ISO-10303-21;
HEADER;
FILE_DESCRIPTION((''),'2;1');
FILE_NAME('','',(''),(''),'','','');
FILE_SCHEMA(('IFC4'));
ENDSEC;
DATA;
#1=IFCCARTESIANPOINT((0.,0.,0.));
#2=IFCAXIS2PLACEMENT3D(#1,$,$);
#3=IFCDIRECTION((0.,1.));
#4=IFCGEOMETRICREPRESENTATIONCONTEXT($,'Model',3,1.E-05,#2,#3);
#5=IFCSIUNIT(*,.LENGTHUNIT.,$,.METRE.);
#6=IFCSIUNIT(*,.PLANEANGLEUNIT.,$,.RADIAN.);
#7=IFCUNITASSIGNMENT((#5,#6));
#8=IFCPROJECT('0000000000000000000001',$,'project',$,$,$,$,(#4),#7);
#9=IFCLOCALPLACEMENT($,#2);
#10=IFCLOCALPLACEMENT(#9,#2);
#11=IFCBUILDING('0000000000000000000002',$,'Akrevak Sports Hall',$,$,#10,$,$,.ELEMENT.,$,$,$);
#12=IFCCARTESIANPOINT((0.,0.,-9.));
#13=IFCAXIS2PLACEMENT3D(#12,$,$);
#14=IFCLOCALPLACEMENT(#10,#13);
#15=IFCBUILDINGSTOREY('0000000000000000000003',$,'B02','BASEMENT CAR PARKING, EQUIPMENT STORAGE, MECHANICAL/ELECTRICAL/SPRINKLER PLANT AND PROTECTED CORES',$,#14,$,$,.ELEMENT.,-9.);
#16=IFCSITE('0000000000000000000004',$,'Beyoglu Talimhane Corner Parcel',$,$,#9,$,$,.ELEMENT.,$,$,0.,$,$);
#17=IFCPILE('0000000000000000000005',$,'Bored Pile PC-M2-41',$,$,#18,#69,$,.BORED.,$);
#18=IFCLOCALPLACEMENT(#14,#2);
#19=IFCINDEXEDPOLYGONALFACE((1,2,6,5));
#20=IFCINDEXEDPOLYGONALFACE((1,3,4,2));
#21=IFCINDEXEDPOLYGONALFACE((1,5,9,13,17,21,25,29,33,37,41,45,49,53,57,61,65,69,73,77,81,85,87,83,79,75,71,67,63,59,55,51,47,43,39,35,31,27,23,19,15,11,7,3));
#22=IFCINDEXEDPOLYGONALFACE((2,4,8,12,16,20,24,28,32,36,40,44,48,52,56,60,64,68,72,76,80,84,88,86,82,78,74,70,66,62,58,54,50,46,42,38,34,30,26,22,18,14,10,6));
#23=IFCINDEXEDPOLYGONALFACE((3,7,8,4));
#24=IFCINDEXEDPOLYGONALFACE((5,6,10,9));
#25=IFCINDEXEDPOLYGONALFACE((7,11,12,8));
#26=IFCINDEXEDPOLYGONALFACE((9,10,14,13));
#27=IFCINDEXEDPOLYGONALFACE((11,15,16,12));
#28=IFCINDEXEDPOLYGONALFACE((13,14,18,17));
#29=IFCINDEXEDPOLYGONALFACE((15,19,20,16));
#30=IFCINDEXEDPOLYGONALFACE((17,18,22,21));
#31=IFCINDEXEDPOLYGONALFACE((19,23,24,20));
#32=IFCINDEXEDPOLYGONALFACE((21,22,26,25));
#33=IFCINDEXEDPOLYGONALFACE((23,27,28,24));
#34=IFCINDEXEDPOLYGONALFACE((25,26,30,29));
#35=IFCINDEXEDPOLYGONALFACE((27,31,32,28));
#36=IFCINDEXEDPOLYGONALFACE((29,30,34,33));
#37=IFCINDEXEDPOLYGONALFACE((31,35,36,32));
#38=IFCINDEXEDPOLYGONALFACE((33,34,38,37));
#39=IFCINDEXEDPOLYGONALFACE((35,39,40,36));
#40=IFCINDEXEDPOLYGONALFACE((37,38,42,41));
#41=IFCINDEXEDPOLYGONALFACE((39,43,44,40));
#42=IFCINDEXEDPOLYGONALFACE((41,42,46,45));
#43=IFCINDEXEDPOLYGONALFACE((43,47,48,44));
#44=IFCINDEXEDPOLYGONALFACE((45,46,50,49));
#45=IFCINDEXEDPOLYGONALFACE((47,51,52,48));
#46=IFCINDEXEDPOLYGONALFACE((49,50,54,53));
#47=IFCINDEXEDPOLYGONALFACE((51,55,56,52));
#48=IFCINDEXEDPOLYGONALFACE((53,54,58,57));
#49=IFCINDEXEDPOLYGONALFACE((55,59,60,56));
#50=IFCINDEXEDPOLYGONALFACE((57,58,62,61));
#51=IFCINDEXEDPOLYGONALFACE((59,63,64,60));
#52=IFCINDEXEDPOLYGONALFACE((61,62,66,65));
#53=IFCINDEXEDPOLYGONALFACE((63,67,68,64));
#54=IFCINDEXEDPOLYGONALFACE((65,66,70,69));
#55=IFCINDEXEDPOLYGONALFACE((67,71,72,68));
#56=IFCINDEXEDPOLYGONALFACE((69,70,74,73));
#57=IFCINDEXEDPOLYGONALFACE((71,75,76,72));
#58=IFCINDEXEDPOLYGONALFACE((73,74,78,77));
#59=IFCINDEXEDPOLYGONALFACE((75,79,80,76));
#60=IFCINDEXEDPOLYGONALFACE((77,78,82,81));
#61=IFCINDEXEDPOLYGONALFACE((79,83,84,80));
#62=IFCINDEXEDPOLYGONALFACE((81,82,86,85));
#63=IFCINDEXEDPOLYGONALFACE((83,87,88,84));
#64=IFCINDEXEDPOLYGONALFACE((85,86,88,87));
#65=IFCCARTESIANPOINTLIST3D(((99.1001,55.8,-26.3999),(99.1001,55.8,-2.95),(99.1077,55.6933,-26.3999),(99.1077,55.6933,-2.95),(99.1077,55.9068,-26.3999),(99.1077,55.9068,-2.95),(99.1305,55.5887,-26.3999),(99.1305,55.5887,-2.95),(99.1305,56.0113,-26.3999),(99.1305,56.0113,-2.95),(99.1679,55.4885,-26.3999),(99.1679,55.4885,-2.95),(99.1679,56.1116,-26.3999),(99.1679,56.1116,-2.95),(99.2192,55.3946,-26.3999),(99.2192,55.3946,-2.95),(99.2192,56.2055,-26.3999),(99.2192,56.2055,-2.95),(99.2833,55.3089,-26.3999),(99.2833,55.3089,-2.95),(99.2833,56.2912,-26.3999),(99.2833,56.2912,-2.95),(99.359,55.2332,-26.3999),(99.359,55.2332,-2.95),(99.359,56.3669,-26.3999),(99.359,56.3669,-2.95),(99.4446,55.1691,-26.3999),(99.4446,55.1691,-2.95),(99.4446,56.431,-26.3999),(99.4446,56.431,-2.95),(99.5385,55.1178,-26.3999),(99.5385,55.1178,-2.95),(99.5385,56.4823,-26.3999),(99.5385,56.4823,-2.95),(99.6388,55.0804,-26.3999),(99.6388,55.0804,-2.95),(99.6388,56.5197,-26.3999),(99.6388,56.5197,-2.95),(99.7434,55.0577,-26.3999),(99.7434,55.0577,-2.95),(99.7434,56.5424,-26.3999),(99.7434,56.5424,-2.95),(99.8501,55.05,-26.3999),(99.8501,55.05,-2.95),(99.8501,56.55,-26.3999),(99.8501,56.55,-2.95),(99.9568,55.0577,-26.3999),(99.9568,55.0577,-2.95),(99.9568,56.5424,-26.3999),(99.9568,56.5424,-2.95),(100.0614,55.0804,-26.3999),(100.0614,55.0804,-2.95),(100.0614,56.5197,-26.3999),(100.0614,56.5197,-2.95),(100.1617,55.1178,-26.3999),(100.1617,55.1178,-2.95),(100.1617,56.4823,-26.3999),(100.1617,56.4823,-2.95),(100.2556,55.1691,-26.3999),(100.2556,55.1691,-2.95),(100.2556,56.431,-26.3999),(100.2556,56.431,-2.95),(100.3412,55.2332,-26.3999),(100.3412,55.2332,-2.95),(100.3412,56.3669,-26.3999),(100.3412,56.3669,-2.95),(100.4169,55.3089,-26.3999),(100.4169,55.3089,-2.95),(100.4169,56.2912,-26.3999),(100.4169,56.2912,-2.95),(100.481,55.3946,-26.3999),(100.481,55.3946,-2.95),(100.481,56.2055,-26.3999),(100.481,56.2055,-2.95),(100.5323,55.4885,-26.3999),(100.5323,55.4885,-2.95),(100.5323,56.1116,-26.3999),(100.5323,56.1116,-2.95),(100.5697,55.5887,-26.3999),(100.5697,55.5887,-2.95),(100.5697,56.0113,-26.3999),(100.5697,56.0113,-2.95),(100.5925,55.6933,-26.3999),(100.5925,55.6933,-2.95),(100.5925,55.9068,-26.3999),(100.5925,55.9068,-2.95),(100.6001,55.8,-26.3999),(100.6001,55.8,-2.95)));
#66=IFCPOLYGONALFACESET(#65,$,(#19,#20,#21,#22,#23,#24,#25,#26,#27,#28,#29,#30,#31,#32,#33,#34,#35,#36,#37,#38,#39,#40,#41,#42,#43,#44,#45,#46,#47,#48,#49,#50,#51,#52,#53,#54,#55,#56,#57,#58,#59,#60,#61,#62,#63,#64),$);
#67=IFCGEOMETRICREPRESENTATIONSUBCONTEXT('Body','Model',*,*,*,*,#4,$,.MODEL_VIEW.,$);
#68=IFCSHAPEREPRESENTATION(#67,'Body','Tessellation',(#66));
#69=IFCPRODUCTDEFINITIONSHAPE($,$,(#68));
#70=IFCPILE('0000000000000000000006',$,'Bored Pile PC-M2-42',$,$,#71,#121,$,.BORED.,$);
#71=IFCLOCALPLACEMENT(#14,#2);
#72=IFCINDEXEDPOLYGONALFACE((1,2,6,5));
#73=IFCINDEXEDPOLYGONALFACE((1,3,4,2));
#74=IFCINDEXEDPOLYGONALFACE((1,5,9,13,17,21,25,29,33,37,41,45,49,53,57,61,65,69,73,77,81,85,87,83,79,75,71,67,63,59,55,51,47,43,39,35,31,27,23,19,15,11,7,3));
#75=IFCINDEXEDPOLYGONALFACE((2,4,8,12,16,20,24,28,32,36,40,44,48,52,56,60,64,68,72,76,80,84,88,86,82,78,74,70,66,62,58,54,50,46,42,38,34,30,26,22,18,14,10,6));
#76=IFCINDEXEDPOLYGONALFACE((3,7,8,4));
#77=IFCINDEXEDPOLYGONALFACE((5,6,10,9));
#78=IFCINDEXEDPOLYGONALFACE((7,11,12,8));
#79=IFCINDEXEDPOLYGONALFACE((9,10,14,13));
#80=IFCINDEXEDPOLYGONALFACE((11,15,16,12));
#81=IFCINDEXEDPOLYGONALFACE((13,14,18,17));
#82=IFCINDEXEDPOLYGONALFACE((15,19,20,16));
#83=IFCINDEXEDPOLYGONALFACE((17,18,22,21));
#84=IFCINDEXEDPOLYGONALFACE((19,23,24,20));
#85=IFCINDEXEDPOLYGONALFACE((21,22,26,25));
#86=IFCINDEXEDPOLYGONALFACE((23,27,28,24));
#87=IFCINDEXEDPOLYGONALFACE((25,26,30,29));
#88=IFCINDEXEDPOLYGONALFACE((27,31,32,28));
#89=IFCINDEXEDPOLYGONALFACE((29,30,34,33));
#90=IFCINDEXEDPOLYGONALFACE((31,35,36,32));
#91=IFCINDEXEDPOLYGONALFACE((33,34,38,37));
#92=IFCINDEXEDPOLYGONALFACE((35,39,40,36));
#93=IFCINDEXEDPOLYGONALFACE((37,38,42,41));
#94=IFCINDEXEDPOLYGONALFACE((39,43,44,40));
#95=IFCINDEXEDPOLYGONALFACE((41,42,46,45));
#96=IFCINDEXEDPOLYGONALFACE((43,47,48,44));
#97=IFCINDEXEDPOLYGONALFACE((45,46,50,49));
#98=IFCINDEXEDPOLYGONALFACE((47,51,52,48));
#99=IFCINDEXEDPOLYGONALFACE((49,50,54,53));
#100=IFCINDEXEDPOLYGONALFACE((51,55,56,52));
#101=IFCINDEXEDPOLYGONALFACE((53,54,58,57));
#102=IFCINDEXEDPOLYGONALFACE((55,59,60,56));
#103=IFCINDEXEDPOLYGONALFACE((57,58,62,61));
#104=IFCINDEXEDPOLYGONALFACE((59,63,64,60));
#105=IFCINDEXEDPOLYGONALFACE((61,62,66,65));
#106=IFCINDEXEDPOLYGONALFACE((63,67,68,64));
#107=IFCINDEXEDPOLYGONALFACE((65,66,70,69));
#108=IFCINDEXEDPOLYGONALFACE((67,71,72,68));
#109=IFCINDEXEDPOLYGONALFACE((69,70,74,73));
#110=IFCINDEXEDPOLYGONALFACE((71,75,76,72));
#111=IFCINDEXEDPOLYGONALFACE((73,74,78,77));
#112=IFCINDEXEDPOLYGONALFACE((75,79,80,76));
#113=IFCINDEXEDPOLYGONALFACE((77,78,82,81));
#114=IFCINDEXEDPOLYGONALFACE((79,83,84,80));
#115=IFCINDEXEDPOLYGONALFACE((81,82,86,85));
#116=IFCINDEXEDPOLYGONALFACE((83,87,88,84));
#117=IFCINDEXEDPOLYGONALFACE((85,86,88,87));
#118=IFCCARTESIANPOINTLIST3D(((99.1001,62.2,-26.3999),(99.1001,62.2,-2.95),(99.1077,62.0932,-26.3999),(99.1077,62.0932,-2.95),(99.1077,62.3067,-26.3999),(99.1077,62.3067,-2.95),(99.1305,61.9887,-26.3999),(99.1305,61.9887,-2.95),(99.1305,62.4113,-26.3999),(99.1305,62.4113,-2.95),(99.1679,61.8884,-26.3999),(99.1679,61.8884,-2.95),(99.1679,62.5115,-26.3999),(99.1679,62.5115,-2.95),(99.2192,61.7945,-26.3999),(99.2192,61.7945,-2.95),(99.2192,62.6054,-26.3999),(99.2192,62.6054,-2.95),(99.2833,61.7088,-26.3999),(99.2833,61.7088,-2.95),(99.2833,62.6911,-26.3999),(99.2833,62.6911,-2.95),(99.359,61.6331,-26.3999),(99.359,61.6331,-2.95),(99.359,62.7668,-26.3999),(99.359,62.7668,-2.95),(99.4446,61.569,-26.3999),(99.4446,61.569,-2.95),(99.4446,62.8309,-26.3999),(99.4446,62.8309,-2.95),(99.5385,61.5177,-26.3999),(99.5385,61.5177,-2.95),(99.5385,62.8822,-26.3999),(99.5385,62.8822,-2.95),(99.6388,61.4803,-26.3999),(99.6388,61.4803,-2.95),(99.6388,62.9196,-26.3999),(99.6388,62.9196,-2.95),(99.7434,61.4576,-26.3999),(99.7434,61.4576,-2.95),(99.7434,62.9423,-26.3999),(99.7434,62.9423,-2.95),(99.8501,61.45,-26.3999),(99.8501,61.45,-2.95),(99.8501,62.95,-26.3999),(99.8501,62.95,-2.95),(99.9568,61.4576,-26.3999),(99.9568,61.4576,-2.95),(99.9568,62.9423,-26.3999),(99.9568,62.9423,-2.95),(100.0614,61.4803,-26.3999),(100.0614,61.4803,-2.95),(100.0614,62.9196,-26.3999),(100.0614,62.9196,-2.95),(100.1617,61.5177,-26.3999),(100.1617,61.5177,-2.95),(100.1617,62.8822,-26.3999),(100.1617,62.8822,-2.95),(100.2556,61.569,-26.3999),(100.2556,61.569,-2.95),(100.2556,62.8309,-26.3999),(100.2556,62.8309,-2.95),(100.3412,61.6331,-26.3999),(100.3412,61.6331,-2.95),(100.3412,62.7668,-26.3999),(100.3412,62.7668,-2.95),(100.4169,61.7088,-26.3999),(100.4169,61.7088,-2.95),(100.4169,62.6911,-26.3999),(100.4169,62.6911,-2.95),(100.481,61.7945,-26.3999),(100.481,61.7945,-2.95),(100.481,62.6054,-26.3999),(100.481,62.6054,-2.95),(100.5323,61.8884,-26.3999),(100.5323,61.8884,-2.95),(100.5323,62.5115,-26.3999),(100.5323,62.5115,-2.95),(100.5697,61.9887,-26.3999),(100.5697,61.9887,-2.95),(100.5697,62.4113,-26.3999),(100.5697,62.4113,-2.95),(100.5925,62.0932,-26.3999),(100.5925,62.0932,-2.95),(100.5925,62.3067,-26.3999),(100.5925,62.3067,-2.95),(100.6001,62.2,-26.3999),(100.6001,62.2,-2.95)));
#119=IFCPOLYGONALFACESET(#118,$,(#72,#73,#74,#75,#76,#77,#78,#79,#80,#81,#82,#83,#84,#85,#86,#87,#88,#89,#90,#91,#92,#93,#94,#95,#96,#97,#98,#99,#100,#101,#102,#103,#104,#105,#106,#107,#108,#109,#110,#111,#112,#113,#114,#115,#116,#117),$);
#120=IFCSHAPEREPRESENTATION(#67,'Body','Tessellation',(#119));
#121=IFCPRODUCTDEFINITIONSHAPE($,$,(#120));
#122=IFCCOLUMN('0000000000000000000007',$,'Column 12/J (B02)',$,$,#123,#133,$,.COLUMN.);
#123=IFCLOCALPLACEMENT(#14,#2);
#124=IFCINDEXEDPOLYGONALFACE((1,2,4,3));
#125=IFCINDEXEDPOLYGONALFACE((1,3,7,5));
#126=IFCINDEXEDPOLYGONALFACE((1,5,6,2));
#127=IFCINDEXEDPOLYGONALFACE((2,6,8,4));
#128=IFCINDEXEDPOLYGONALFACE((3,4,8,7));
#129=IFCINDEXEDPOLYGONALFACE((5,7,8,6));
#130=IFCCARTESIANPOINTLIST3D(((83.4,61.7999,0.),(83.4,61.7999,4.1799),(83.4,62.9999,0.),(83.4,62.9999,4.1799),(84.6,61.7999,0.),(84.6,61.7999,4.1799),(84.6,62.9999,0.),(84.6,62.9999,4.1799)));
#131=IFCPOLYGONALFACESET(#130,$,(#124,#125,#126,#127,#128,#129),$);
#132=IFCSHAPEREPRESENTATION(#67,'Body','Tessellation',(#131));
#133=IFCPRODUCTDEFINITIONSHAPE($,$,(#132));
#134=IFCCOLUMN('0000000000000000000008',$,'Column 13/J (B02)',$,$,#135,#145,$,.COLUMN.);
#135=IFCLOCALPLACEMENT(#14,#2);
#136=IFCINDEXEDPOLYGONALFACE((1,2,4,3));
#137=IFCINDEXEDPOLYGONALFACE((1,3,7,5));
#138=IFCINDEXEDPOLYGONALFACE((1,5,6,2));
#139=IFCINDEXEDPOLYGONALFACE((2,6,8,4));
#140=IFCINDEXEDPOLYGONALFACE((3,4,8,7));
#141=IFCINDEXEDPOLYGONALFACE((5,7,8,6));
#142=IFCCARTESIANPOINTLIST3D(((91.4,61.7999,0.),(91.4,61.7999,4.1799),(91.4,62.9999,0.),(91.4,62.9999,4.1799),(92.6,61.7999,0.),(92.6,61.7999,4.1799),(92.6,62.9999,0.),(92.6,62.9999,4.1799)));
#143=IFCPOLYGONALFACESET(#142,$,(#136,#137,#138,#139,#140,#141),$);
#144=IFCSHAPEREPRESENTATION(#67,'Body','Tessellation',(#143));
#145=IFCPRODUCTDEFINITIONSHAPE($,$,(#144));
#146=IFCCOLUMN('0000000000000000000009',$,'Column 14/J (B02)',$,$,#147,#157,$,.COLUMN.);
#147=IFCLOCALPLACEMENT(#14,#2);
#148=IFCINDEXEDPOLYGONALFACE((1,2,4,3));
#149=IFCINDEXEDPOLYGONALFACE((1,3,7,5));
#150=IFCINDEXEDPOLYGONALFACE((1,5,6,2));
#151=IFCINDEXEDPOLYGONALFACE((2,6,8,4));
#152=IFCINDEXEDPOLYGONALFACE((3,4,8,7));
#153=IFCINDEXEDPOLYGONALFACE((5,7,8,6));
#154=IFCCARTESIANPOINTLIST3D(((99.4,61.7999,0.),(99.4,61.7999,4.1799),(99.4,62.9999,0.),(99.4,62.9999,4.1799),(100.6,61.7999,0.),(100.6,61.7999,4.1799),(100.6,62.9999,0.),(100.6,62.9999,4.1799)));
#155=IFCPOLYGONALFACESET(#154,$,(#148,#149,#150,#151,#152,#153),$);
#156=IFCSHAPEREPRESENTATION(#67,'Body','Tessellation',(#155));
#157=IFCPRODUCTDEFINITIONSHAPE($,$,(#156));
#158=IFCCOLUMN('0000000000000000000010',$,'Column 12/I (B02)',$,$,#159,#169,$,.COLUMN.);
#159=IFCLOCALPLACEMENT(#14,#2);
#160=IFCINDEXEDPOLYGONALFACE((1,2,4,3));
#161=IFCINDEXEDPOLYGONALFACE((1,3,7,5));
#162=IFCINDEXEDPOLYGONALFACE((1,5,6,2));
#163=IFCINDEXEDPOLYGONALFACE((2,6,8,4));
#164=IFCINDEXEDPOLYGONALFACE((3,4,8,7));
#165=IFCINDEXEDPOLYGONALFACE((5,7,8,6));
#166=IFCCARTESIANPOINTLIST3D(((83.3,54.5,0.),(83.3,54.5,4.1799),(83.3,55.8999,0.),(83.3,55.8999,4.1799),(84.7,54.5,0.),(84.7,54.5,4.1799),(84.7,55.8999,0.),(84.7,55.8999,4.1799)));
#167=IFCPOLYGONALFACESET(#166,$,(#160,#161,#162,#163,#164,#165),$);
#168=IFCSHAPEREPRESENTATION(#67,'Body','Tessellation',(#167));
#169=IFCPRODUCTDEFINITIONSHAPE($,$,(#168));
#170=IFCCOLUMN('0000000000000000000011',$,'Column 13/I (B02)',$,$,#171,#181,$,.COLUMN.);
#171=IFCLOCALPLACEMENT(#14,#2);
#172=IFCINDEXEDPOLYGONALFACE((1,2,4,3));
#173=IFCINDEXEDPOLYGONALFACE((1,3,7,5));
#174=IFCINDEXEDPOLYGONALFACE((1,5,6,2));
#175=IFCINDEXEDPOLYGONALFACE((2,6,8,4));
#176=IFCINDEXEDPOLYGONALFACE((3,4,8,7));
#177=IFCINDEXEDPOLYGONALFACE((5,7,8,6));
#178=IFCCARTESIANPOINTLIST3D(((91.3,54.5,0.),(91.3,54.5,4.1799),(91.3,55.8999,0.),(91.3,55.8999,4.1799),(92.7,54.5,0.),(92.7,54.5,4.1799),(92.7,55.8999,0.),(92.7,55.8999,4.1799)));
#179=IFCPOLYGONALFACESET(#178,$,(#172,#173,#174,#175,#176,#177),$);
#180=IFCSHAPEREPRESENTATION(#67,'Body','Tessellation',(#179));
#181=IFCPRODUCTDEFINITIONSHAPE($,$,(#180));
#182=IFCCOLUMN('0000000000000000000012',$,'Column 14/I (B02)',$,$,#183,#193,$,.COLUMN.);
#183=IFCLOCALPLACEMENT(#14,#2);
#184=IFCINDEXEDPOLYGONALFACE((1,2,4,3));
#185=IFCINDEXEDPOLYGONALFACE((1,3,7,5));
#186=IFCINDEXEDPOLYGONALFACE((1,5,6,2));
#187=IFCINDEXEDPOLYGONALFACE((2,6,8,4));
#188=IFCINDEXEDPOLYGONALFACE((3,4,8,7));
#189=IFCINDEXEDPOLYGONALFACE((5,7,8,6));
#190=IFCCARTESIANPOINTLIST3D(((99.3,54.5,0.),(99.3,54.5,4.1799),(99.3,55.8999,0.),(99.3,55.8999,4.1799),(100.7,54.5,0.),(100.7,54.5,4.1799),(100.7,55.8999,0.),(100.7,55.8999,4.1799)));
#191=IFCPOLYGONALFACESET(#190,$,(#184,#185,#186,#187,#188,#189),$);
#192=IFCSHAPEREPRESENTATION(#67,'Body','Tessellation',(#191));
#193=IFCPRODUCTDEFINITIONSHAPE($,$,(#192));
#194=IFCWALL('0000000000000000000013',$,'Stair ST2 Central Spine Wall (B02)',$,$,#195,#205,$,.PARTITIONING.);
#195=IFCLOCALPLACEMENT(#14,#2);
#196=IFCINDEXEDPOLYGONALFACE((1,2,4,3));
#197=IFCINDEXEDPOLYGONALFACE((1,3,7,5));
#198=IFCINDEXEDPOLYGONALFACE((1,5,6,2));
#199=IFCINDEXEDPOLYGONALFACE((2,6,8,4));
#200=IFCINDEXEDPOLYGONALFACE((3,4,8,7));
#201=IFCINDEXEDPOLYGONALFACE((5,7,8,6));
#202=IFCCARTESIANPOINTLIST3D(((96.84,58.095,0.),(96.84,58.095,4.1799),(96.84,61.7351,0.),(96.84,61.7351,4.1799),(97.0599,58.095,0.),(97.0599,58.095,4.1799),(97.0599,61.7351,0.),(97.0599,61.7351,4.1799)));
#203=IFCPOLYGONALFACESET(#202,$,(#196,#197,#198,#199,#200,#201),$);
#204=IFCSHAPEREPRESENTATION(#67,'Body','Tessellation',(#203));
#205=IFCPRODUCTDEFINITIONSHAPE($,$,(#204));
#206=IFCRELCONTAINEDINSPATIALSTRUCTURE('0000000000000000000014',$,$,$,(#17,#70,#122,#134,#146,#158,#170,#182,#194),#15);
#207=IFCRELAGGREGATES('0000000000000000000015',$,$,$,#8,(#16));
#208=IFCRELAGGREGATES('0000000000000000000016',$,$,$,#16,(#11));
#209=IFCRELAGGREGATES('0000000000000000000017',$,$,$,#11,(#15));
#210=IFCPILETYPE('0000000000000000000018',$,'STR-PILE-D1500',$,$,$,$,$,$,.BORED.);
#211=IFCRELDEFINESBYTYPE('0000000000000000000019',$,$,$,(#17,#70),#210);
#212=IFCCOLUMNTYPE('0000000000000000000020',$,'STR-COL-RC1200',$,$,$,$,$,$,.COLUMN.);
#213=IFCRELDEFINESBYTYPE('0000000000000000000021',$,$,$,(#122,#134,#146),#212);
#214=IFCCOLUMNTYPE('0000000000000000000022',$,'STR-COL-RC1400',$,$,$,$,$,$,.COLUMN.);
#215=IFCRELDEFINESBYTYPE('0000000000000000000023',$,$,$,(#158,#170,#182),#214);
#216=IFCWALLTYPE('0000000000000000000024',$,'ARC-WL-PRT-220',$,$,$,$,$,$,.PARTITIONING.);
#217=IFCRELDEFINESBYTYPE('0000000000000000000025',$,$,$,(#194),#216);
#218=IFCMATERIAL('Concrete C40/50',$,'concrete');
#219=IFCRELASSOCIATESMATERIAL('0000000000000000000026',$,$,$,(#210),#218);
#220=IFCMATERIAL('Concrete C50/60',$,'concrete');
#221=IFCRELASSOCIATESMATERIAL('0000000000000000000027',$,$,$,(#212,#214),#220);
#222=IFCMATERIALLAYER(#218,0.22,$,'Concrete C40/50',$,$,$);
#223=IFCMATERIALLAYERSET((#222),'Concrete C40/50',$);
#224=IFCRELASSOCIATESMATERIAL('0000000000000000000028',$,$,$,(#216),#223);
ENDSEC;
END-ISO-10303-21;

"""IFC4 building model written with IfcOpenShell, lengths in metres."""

from ifc_helpers import new_model, si_unit, direction, frame, frame_2d, origin, origin_2d, place, context, subcontext, project, spatial, rectangle, circle, extrude, material, layer, layer_set, material_profile, profile_set, type_object, element, save


model = new_model("IFC4")

# Units and contexts
model_context = context("Model", 3, precision=1e-05, world=origin(), true_north=direction((0.0, 1.0)))
body_context = subcontext(model_context, "Body", "Model", "MODEL_VIEW")
ifc_project = project(units=[si_unit("LENGTHUNIT", "METRE"), si_unit("PLANEANGLEUNIT", "RADIAN")], contexts=[model_context])

# Site, building, storey
site_placement = place(None, origin())
site = spatial("IfcSite", under=ifc_project, at=site_placement, Name="Beyoglu Talimhane Corner Parcel", CompositionType="ELEMENT", RefElevation=0.0)
building_placement = place(site_placement, origin())
building = spatial("IfcBuilding", under=site, at=building_placement, Name="Akrevak Sports Hall", CompositionType="ELEMENT")
storey_placement = place(building_placement, frame((0.0, 0.0, -9.0)))
storey = spatial("IfcBuildingStorey", under=building, at=storey_placement, Name="B02", Description="BASEMENT CAR PARKING, EQUIPMENT STORAGE, MECHANICAL/ELECTRICAL/SPRINKLER PLANT AND PROTECTED CORES", CompositionType="ELEMENT", Elevation=-9.0)

# Shared definitions
ifc_material_1 = material(Name="Concrete C40/50", Category="concrete")

# Piles
ifc_material_profile_1 = material_profile(ifc_material_1, circle(Radius=0.75, at=origin_2d()), Name="BORED PILE D1500", Category="concrete")
ifc_profile_set_1 = profile_set([ifc_material_profile_1], Name="Concrete C40/50")
pile_type_1 = type_object("IfcPileType", Name="STR-PILE-D1500", PredefinedType="BORED", material=ifc_profile_set_1)
for number, where, z_axis, x_axis, name in (
    (1, (99.8501, 55.8, -2.95), (0.0, 0.0, -1.0), (1.0, 0.0, 0.0), "Bored Pile PC-M2-41"),
    (2, (99.8501, 62.2, -2.95), (0.0, 0.0, -1.0), (1.0, 0.0, 0.0), "Bored Pile PC-M2-42"),
):
    element("IfcPile", number, at=place(storey_placement, frame(where, z_axis=z_axis, x_axis=x_axis)), inside=storey, type_object=pile_type_1, Name=name, PredefinedType="BORED", context=body_context, shape_type="SweptSolid", body=[
        extrude(circle(Radius=0.75, at=origin_2d()), origin(), (0.0, 0.0, 1.0), 23.45),
    ])

# Columns
ifc_material_2 = material(Name="Concrete C50/60", Category="concrete")
ifc_material_profile_2 = material_profile(ifc_material_2, rectangle(XDim=1.2, YDim=1.2, at=origin_2d()), Name="RC 1200x1200", Category="concrete")
ifc_profile_set_2 = profile_set([ifc_material_profile_2], Name="Concrete C50/60")
column_type_1 = type_object("IfcColumnType", Name="STR-COL-RC1200", PredefinedType="COLUMN", material=ifc_profile_set_2)
for number, where, z_axis, x_axis, name in (
    (3, (84.0, 62.3999, 0.0), (0.0, 0.0, 1.0), (1.0, 0.0, 0.0), "Column 12/J (B02)"),
    (4, (92.0, 62.3999, 0.0), (0.0, 0.0, 1.0), (1.0, 0.0, 0.0), "Column 13/J (B02)"),
    (5, (100.0, 62.3999, 0.0), (0.0, 0.0, 1.0), (1.0, 0.0, 0.0), "Column 14/J (B02)"),
):
    element("IfcColumn", number, at=place(storey_placement, frame(where, z_axis=z_axis, x_axis=x_axis)), inside=storey, type_object=column_type_1, Name=name, PredefinedType="COLUMN", context=body_context, shape_type="SweptSolid", body=[
        extrude(rectangle(XDim=1.2, YDim=1.2, at=origin_2d()), origin(), (0.0, 0.0, 1.0), 4.1799),
    ])
ifc_material_profile_3 = material_profile(ifc_material_2, rectangle(XDim=1.3999, YDim=1.3999, at=origin_2d()), Name="RC 1400x1400", Category="concrete")
ifc_profile_set_3 = profile_set([ifc_material_profile_3], Name="Concrete C50/60")
column_type_2 = type_object("IfcColumnType", Name="STR-COL-RC1400", PredefinedType="COLUMN", material=ifc_profile_set_3)
for number, where, z_axis, x_axis, name in (
    (6, (84.0, 55.2, 0.0), (0.0, 0.0, 1.0), (1.0, 0.0, 0.0), "Column 12/I (B02)"),
    (7, (92.0, 55.2, 0.0), (0.0, 0.0, 1.0), (1.0, 0.0, 0.0), "Column 13/I (B02)"),
    (8, (100.0, 55.2, 0.0), (0.0, 0.0, 1.0), (1.0, 0.0, 0.0), "Column 14/I (B02)"),
):
    element("IfcColumn", number, at=place(storey_placement, frame(where, z_axis=z_axis, x_axis=x_axis)), inside=storey, type_object=column_type_2, Name=name, PredefinedType="COLUMN", context=body_context, shape_type="SweptSolid", body=[
        extrude(rectangle(XDim=1.3999, YDim=1.3999, at=origin_2d()), origin(), (0.0, 0.0, 1.0), 4.1799),
    ])

# Wall
ifc_layer_1 = layer(ifc_material_1, 0.22, Name="Concrete C40/50")
ifc_layer_set_1 = layer_set([ifc_layer_1], Name="Concrete C40/50")
wall_type_1 = type_object("IfcWallType", Name="ARC-WL-PRT-220", PredefinedType="PARTITIONING", material=ifc_layer_set_1)
wall_1_placement = place(storey_placement, frame((96.95, 58.095, 0.0), z_axis=(0.0, 0.0, 1.0), x_axis=(0.0, 1.0, 0.0)))
element("IfcWall", 9, at=wall_1_placement, inside=storey, type_object=wall_type_1, Name="Stair ST2 Central Spine Wall (B02)", PredefinedType="PARTITIONING", context=body_context, shape_type="SweptSolid", body=[
    extrude(rectangle(XDim=3.6401, YDim=0.22, at=frame_2d((1.8201, 0.0))), origin(), (0.0, 0.0, 1.0), 4.1799),
])

save(model, "model.ifc")
